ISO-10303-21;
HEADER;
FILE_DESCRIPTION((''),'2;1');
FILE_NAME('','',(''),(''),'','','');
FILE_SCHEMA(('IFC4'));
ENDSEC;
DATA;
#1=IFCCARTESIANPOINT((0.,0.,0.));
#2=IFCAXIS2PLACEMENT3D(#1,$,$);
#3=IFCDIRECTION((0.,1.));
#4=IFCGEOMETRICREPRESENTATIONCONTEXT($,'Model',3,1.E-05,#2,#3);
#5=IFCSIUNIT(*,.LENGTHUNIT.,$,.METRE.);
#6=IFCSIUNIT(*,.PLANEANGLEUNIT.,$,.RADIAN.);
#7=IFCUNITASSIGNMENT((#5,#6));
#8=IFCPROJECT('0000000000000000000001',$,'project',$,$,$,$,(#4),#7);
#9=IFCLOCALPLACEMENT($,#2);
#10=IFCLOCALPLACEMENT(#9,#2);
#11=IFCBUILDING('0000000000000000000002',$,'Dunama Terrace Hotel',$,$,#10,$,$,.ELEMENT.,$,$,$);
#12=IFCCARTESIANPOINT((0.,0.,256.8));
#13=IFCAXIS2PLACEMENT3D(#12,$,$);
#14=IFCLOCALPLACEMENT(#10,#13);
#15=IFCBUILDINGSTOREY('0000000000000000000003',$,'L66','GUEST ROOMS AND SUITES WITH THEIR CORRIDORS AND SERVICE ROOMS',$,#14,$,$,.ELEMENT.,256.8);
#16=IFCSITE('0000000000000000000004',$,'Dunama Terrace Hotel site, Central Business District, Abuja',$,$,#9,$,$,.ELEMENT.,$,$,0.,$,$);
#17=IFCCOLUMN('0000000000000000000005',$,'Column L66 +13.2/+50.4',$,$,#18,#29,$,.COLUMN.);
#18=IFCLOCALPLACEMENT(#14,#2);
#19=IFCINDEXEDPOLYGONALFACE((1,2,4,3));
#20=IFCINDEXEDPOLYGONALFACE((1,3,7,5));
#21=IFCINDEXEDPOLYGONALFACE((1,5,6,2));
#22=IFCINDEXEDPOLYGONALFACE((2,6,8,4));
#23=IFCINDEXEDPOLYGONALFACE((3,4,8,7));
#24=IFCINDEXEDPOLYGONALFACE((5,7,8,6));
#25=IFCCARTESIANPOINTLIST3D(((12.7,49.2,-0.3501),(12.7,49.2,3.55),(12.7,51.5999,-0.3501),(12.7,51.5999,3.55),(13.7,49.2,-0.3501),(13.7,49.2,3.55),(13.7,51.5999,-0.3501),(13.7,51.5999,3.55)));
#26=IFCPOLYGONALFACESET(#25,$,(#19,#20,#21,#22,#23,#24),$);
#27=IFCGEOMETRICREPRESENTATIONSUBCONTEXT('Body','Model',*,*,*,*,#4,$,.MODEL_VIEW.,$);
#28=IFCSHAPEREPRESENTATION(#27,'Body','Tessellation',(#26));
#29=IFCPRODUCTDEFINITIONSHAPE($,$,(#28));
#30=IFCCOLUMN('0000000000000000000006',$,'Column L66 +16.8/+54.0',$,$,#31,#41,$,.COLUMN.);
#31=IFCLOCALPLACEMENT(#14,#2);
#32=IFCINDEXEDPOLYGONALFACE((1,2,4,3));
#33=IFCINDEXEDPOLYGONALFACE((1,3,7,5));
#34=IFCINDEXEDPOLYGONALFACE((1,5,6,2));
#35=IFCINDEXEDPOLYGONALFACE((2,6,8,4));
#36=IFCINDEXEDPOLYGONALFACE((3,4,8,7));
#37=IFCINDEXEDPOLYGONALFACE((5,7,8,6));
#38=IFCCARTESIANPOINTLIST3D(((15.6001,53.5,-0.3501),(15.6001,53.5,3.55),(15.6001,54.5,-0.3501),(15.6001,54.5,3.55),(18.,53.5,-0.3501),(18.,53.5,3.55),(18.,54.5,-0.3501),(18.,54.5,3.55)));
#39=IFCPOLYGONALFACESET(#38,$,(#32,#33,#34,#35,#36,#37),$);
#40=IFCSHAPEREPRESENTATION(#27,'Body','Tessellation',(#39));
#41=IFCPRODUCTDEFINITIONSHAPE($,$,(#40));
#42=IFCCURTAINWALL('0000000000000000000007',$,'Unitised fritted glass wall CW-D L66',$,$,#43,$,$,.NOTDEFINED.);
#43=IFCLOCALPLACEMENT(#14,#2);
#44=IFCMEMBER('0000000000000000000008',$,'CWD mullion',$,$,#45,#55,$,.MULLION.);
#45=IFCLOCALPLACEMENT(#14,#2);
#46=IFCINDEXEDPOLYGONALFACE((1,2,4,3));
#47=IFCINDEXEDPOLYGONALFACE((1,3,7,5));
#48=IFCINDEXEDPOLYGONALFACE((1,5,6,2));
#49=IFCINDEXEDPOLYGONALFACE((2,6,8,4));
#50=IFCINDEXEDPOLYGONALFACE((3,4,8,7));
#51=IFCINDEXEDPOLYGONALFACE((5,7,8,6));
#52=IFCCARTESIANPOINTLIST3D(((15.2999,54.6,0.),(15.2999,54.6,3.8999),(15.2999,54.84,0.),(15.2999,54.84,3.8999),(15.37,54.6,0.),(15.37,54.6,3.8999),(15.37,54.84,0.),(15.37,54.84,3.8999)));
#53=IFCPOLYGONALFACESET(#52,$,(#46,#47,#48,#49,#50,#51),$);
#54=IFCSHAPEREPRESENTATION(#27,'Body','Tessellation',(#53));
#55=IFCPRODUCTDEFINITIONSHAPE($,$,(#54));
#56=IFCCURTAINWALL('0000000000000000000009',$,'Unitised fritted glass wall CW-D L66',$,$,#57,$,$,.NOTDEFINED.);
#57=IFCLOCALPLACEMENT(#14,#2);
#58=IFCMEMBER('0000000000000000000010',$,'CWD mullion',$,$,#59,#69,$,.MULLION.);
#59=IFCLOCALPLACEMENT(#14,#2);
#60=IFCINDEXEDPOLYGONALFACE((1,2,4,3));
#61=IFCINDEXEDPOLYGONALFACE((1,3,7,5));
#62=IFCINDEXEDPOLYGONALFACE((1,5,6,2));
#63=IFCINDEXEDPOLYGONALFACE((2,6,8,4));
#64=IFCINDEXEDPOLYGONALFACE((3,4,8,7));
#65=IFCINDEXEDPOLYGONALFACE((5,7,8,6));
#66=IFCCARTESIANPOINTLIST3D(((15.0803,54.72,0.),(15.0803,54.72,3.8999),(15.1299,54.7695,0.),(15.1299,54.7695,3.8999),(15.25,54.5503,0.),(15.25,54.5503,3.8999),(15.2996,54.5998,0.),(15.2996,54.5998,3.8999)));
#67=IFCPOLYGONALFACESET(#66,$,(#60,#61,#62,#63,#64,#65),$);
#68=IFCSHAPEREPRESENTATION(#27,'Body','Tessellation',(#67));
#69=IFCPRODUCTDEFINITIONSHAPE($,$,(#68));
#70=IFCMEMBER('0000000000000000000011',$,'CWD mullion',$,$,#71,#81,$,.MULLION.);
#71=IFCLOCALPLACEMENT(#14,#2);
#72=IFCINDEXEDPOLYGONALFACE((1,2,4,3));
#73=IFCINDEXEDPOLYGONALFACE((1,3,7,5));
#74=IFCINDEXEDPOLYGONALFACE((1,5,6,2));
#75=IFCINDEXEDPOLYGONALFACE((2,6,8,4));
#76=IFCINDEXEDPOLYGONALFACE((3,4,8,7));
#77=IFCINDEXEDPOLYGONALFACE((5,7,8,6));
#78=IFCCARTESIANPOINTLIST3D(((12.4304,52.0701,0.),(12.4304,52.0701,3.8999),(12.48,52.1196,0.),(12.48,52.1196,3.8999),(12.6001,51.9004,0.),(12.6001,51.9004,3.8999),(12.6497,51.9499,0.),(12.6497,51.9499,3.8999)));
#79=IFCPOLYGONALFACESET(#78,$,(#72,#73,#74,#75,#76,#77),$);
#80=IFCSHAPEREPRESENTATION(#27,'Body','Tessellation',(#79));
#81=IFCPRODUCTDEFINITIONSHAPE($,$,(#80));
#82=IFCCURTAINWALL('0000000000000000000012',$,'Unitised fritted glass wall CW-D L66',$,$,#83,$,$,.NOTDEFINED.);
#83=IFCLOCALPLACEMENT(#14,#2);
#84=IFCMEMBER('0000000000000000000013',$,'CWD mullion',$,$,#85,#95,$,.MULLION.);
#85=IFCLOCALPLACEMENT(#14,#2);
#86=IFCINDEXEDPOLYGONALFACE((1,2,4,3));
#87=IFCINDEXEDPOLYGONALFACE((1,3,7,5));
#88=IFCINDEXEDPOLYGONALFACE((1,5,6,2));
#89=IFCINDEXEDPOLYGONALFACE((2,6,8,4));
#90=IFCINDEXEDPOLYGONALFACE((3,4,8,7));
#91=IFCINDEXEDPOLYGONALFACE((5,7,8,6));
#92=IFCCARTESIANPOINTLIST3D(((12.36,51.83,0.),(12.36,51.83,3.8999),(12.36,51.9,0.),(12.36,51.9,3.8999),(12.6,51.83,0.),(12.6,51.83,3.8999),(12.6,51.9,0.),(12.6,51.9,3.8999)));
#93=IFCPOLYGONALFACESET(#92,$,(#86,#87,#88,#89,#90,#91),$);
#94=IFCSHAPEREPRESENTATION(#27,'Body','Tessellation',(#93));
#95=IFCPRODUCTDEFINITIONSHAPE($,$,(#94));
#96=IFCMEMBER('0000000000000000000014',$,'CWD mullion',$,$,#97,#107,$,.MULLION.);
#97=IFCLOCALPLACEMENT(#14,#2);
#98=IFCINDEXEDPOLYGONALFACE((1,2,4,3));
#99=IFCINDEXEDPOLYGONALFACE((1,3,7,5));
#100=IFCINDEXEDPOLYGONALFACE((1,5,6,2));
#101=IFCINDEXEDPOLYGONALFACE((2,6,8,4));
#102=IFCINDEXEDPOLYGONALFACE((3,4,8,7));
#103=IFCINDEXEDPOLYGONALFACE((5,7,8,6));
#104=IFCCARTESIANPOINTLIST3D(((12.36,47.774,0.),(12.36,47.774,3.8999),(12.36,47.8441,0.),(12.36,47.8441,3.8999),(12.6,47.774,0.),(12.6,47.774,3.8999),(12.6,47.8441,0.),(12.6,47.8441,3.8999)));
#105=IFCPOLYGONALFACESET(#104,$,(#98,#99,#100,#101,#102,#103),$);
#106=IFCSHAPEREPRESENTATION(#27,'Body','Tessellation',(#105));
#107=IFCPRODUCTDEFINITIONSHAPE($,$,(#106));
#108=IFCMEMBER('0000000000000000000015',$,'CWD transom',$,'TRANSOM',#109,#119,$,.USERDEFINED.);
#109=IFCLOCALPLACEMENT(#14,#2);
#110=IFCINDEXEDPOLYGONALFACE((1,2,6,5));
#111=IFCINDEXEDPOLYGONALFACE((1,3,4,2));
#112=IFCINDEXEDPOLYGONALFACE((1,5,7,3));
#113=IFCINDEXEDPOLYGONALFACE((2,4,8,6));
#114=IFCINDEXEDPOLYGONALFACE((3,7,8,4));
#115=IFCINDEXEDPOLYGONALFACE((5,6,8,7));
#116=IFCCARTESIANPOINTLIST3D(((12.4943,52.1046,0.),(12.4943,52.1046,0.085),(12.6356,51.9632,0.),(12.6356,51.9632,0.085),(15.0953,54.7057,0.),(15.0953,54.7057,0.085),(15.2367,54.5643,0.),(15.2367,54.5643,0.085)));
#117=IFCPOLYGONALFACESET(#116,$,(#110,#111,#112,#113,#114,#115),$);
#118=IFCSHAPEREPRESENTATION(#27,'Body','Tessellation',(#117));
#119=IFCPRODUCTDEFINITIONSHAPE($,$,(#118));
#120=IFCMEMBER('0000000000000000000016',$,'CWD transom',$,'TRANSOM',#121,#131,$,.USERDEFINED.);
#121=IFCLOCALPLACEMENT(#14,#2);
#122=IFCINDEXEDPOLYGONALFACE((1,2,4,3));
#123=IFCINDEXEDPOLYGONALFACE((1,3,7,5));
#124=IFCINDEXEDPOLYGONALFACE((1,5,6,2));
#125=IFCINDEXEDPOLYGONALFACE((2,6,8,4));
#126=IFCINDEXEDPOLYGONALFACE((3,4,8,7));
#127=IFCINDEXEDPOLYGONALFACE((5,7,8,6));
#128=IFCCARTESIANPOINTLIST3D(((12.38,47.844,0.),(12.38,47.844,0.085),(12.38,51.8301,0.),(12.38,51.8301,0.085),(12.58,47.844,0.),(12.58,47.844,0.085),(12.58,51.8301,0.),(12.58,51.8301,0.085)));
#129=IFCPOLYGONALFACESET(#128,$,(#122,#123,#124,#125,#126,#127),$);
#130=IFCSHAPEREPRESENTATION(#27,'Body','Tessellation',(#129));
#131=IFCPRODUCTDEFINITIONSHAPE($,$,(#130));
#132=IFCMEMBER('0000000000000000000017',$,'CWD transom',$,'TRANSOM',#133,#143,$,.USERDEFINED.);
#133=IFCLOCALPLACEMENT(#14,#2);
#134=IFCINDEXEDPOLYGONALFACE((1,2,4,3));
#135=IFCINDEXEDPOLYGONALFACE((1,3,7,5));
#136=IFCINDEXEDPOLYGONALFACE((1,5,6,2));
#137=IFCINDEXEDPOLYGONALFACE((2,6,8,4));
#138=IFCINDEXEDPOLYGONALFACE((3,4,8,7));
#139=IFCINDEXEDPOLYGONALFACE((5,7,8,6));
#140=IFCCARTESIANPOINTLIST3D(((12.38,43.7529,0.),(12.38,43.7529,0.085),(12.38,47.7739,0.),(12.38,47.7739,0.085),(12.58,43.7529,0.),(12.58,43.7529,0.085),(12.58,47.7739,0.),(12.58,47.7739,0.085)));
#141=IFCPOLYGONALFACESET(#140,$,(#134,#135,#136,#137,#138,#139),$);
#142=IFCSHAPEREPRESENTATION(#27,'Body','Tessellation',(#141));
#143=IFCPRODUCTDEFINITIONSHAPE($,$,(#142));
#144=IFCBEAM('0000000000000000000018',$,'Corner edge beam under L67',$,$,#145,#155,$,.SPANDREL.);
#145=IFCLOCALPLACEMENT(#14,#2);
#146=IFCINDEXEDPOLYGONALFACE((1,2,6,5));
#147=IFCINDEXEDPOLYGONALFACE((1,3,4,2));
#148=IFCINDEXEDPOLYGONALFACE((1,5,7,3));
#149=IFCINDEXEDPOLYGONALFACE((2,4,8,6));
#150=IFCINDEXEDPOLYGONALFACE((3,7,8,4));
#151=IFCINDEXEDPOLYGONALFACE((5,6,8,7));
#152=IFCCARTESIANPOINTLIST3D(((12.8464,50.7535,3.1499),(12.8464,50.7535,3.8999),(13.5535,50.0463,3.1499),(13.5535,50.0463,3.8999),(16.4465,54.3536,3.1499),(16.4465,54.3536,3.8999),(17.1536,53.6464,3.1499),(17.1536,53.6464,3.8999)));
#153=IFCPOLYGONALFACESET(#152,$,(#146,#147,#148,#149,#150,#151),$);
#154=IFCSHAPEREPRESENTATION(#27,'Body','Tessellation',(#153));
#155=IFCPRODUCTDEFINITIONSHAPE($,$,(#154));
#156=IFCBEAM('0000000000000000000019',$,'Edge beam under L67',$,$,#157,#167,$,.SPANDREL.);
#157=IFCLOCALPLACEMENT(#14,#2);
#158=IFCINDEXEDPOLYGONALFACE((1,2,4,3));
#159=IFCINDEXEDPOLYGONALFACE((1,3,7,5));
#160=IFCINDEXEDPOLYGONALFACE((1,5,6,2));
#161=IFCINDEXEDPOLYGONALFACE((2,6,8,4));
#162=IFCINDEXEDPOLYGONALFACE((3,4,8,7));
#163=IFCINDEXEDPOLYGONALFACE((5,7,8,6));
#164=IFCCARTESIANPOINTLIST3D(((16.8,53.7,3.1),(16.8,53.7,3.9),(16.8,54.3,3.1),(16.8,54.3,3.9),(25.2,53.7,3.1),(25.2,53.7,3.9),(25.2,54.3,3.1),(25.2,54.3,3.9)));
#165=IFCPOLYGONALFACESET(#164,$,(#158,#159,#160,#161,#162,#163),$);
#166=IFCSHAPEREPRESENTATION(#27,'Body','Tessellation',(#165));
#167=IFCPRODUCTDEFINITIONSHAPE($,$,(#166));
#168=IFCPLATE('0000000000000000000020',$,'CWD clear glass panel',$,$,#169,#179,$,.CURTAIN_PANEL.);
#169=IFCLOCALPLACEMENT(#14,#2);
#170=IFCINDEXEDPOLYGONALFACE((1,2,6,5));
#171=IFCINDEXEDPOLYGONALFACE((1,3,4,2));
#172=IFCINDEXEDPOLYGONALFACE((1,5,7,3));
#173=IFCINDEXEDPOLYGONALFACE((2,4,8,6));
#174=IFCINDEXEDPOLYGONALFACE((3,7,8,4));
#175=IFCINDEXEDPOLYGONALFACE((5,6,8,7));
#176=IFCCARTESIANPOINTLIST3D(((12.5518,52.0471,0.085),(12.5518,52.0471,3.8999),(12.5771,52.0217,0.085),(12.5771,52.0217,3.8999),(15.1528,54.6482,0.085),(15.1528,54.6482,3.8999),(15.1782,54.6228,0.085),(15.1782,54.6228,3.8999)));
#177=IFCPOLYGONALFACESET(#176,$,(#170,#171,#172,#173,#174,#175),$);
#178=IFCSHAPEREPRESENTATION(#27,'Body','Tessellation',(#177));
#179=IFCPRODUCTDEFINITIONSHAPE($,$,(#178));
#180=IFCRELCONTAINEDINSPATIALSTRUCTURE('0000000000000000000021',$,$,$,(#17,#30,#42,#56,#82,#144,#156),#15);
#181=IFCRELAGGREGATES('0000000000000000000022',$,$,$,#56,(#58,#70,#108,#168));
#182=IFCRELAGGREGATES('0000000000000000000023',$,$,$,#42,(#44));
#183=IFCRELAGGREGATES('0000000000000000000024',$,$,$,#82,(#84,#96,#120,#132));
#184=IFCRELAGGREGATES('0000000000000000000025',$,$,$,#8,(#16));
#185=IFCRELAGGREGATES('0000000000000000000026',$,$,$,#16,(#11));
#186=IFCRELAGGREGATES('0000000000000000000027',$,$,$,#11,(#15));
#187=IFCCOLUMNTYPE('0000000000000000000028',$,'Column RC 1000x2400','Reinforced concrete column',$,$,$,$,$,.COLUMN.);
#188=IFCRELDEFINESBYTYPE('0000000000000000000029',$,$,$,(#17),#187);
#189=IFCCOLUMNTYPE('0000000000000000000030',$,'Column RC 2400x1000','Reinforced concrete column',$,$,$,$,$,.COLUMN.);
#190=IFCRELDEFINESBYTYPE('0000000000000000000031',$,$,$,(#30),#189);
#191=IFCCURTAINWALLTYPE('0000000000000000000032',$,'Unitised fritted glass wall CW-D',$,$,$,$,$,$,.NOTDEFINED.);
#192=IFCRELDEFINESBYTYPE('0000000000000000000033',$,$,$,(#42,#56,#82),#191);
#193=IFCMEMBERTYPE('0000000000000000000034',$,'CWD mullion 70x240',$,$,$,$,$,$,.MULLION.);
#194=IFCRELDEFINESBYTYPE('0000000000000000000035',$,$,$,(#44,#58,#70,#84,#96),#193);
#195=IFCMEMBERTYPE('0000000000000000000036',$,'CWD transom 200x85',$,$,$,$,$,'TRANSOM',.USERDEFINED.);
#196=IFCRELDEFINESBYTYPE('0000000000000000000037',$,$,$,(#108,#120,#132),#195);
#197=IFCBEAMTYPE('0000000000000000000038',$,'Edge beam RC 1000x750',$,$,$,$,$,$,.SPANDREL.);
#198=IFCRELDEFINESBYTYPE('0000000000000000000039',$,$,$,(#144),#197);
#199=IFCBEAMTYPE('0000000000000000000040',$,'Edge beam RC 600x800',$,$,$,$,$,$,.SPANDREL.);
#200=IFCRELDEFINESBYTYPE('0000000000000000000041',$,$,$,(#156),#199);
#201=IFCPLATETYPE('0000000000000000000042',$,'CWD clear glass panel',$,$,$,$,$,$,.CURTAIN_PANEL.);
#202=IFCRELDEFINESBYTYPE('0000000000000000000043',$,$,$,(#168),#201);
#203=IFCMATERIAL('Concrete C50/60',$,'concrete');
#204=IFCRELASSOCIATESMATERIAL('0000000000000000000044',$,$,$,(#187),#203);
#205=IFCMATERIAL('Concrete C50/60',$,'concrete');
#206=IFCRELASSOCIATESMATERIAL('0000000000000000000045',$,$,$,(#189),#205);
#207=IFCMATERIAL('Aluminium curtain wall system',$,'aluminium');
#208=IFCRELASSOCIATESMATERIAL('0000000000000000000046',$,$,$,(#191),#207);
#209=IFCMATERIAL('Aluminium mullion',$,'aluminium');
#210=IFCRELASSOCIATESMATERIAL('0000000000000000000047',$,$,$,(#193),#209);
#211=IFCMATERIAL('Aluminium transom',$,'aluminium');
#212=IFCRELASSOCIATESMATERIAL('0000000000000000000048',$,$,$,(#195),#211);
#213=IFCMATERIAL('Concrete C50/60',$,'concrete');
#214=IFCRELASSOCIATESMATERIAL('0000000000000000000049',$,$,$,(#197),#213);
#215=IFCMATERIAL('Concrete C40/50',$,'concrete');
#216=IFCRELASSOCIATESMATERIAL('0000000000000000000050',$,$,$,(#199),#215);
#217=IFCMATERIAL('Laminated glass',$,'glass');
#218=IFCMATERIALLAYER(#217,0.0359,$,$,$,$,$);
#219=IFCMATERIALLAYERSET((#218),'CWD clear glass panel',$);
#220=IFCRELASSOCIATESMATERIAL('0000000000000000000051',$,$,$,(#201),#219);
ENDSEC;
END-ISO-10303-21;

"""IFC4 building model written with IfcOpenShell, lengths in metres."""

from ifc_helpers import new_model, si_unit, direction, frame, origin, origin_2d, place, context, subcontext, project, spatial, rectangle, extrude, material, layer, layer_set, material_profile, profile_set, type_object, element, aggregate, save


model = new_model("IFC4")

# Units and contexts
model_context = context("Model", 3, precision=1e-05, world=origin(), true_north=direction((0.0, 1.0)))
body_context = subcontext(model_context, "Body", "Model", "MODEL_VIEW")
ifc_project = project(units=[si_unit("LENGTHUNIT", "METRE"), si_unit("PLANEANGLEUNIT", "RADIAN")], contexts=[model_context])

# Site, building, storey
site_placement = place(None, origin())
site = spatial("IfcSite", under=ifc_project, at=site_placement, Name="Dunama Terrace Hotel site, Central Business District, Abuja", CompositionType="ELEMENT", RefElevation=0.0)
building_placement = place(site_placement, origin())
building = spatial("IfcBuilding", under=site, at=building_placement, Name="Dunama Terrace Hotel", CompositionType="ELEMENT")
storey_placement = place(building_placement, frame((0.0, 0.0, 256.8)))
storey = spatial("IfcBuildingStorey", under=building, at=storey_placement, Name="L66", Description="GUEST ROOMS AND SUITES WITH THEIR CORRIDORS AND SERVICE ROOMS", CompositionType="ELEMENT", Elevation=256.8)

# Columns
ifc_material_1 = material(Name="Concrete C50/60", Category="concrete")
ifc_material_profile_1 = material_profile(ifc_material_1, rectangle(XDim=1.0, YDim=2.3999, at=origin_2d()), Name="RC 1000x2400")
ifc_profile_set_1 = profile_set([ifc_material_profile_1], Name="Concrete C50/60")
column_type_1 = type_object("IfcColumnType", Name="Column RC 1000x2400", Description="Reinforced concrete column", PredefinedType="COLUMN", material=ifc_profile_set_1)
column_1_placement = place(storey_placement, frame((13.2, 50.3999, -0.3501), z_axis=(0.0, 0.0, 1.0), x_axis=(1.0, 0.0, 0.0)))
element("IfcColumn", 1, at=column_1_placement, inside=storey, type_object=column_type_1, Name="Column L66 +13.2/+50.4", PredefinedType="COLUMN", context=body_context, shape_type="SweptSolid", body=[
    extrude(rectangle(XDim=1.0, YDim=2.3999, at=origin_2d()), origin(), (0.0, 0.0, 1.0), 3.9001),
])
ifc_material_2 = material(Name="Concrete C50/60", Category="concrete")
ifc_material_profile_2 = material_profile(ifc_material_2, rectangle(XDim=2.3999, YDim=1.0, at=origin_2d()), Name="RC 2400x1000")
ifc_profile_set_2 = profile_set([ifc_material_profile_2], Name="Concrete C50/60")
column_type_2 = type_object("IfcColumnType", Name="Column RC 2400x1000", Description="Reinforced concrete column", PredefinedType="COLUMN", material=ifc_profile_set_2)
column_2_placement = place(storey_placement, frame((16.8, 54.0, -0.3501), z_axis=(0.0, 0.0, 1.0), x_axis=(1.0, 0.0, 0.0)))
element("IfcColumn", 2, at=column_2_placement, inside=storey, type_object=column_type_2, Name="Column L66 +16.8/+54.0", PredefinedType="COLUMN", context=body_context, shape_type="SweptSolid", body=[
    extrude(rectangle(XDim=2.3999, YDim=1.0, at=origin_2d()), origin(), (0.0, 0.0, 1.0), 3.9001),
])

# Curtain wall, member
ifc_material_3 = material(Name="Aluminium curtain wall system", Category="aluminium")
curtain_wall_type = type_object("IfcCurtainWallType", Name="Unitised fritted glass wall CW-D", PredefinedType="NOTDEFINED", material=ifc_material_3)
curtain_wall_1_placement = place(storey_placement, origin())
curtain_wall_1 = element("IfcCurtainWall", 3, at=curtain_wall_1_placement, inside=storey, type_object=curtain_wall_type, Name="Unitised fritted glass wall CW-D L66", PredefinedType="NOTDEFINED")
ifc_material_4 = material(Name="Aluminium mullion", Category="aluminium")
ifc_material_profile_3 = material_profile(ifc_material_4, rectangle(XDim=0.0701, YDim=0.24, at=origin_2d()), Name="CWD MULLION 70X240")
ifc_profile_set_3 = profile_set([ifc_material_profile_3], Name="Aluminium mullion")
member_type_1 = type_object("IfcMemberType", Name="CWD mullion 70x240", PredefinedType="MULLION", material=ifc_profile_set_3)
member_1_placement = place(storey_placement, frame((15.335, 54.72, 0.0), z_axis=(0.0, 0.0, 1.0), x_axis=(-1.0, 0.0, 0.0)))
member_1 = element("IfcMember", 4, at=member_1_placement, type_object=member_type_1, Name="CWD mullion", PredefinedType="MULLION", context=body_context, shape_type="SweptSolid", body=[
    extrude(rectangle(XDim=0.0701, YDim=0.24, at=origin_2d()), origin(), (0.0, 0.0, 1.0), 3.8999),
])

# Curtain walls, members
curtain_wall_2_placement = place(storey_placement, origin())
curtain_wall_2 = element("IfcCurtainWall", 5, at=curtain_wall_2_placement, inside=storey, type_object=curtain_wall_type, Name="Unitised fritted glass wall CW-D L66", PredefinedType="NOTDEFINED")
member_2_placement = place(storey_placement, frame((15.1899, 54.6599, 0.0), z_axis=(0.0, 0.0, 1.0), x_axis=(-0.707107, -0.707107, 0.0)))
member_2 = element("IfcMember", 6, at=member_2_placement, type_object=member_type_1, Name="CWD mullion", PredefinedType="MULLION", context=body_context, shape_type="SweptSolid", body=[
    extrude(rectangle(XDim=0.0701, YDim=0.24, at=origin_2d()), origin(), (0.0, 0.0, 1.0), 3.8999),
])
member_3_placement = place(storey_placement, frame((12.54, 52.01, 0.0), z_axis=(0.0, 0.0, 1.0), x_axis=(-0.707107, -0.707107, 0.0)))
member_3 = element("IfcMember", 7, at=member_3_placement, type_object=member_type_1, Name="CWD mullion", PredefinedType="MULLION", context=body_context, shape_type="SweptSolid", body=[
    extrude(rectangle(XDim=0.0701, YDim=0.24, at=origin_2d()), origin(), (0.0, 0.0, 1.0), 3.8999),
])
curtain_wall_3_placement = place(storey_placement, origin())
curtain_wall_3 = element("IfcCurtainWall", 8, at=curtain_wall_3_placement, inside=storey, type_object=curtain_wall_type, Name="Unitised fritted glass wall CW-D L66", PredefinedType="NOTDEFINED")
member_4_placement = place(storey_placement, frame((12.48, 51.865, 0.0), z_axis=(0.0, 0.0, 1.0), x_axis=(0.0, -1.0, 0.0)))
member_4 = element("IfcMember", 9, at=member_4_placement, type_object=member_type_1, Name="CWD mullion", PredefinedType="MULLION", context=body_context, shape_type="SweptSolid", body=[
    extrude(rectangle(XDim=0.0701, YDim=0.24, at=origin_2d()), origin(), (0.0, 0.0, 1.0), 3.8999),
])
member_5_placement = place(storey_placement, frame((12.48, 47.8091, 0.0), z_axis=(0.0, 0.0, 1.0), x_axis=(0.0, -1.0, 0.0)))
member_5 = element("IfcMember", 10, at=member_5_placement, type_object=member_type_1, Name="CWD mullion", PredefinedType="MULLION", context=body_context, shape_type="SweptSolid", body=[
    extrude(rectangle(XDim=0.0701, YDim=0.24, at=origin_2d()), origin(), (0.0, 0.0, 1.0), 3.8999),
])

# Members
ifc_material_5 = material(Name="Aluminium transom", Category="aluminium")
ifc_material_profile_4 = material_profile(ifc_material_5, rectangle(XDim=0.2, YDim=0.085, at=origin_2d()), Name="CWD TRANSOM 200X85")
ifc_profile_set_4 = profile_set([ifc_material_profile_4], Name="Aluminium transom")
member_type_2 = type_object("IfcMemberType", Name="CWD transom 200x85", ElementType="TRANSOM", PredefinedType="USERDEFINED", material=ifc_profile_set_4)
member_6_placement = place(storey_placement, frame((15.166, 54.635, 0.0425), z_axis=(-0.707107, -0.707107, 0.0), x_axis=(0.707107, -0.707107, 0.0)))
member_6 = element("IfcMember", 11, at=member_6_placement, type_object=member_type_2, Name="CWD transom", ObjectType="TRANSOM", PredefinedType="USERDEFINED", context=body_context, shape_type="SweptSolid", body=[
    extrude(rectangle(XDim=0.2, YDim=0.085, at=origin_2d()), origin(), (0.0, 0.0, 1.0), 3.6785),
])
member_7_placement = place(storey_placement, frame((12.48, 51.8301, 0.0425), z_axis=(0.0, -1.0, 0.0), x_axis=(1.0, 0.0, 0.0)))
member_7 = element("IfcMember", 12, at=member_7_placement, type_object=member_type_2, Name="CWD transom", ObjectType="TRANSOM", PredefinedType="USERDEFINED", context=body_context, shape_type="SweptSolid", body=[
    extrude(rectangle(XDim=0.2, YDim=0.085, at=origin_2d()), origin(), (0.0, 0.0, 1.0), 3.9861),
])
member_8_placement = place(storey_placement, frame((12.48, 47.7739, 0.0425), z_axis=(0.0, -1.0, 0.0), x_axis=(1.0, 0.0, 0.0)))
member_8 = element("IfcMember", 13, at=member_8_placement, type_object=member_type_2, Name="CWD transom", ObjectType="TRANSOM", PredefinedType="USERDEFINED", context=body_context, shape_type="SweptSolid", body=[
    extrude(rectangle(XDim=0.2, YDim=0.085, at=origin_2d()), origin(), (0.0, 0.0, 1.0), 4.021),
])

# Beams
ifc_material_6 = material(Name="Concrete C50/60", Category="concrete")
ifc_material_profile_5 = material_profile(ifc_material_6, rectangle(XDim=1.0, YDim=0.75, at=origin_2d()), Name="RC 1000x750")
ifc_profile_set_5 = profile_set([ifc_material_profile_5], Name="Concrete C50/60")
beam_type_1 = type_object("IfcBeamType", Name="Edge beam RC 1000x750", PredefinedType="SPANDREL", material=ifc_profile_set_5)
beam_1_placement = place(storey_placement, frame((16.8, 54.0, 3.5249), z_axis=(-0.707107, -0.707107, 0.0), x_axis=(0.707107, -0.707107, 0.0)))
element("IfcBeam", 14, at=beam_1_placement, inside=storey, type_object=beam_type_1, Name="Corner edge beam under L67", PredefinedType="SPANDREL", context=body_context, shape_type="SweptSolid", body=[
    extrude(rectangle(XDim=1.0, YDim=0.75, at=origin_2d()), origin(), (0.0, 0.0, 1.0), 5.0913),
])
ifc_material_7 = material(Name="Concrete C40/50", Category="concrete")
ifc_material_profile_6 = material_profile(ifc_material_7, rectangle(XDim=0.6001, YDim=0.8, at=origin_2d()), Name="RC 600x800")
ifc_profile_set_6 = profile_set([ifc_material_profile_6], Name="Concrete C40/50")
beam_type_2 = type_object("IfcBeamType", Name="Edge beam RC 600x800", PredefinedType="SPANDREL", material=ifc_profile_set_6)
beam_2_placement = place(storey_placement, frame((16.8, 54.0, 3.5), z_axis=(1.0, 0.0, 0.0), x_axis=(0.0, 1.0, 0.0)))
element("IfcBeam", 15, at=beam_2_placement, inside=storey, type_object=beam_type_2, Name="Edge beam under L67", PredefinedType="SPANDREL", context=body_context, shape_type="SweptSolid", body=[
    extrude(rectangle(XDim=0.6001, YDim=0.8, at=origin_2d()), origin(), (0.0, 0.0, 1.0), 8.3999),
])

# Plate
ifc_material_8 = material(Name="Laminated glass", Category="glass")
ifc_layer_1 = layer(ifc_material_8, 0.0359)
ifc_layer_set_1 = layer_set([ifc_layer_1], Name="CWD clear glass panel")
plate_type_1 = type_object("IfcPlateType", Name="CWD clear glass panel", PredefinedType="CURTAIN_PANEL", material=ifc_layer_set_1)
plate_1_placement = place(storey_placement, frame((13.865, 53.335, 0.085), z_axis=(0.0, 0.0, 1.0), x_axis=(-0.707107, -0.707107, 0.0)))
plate_1 = element("IfcPlate", 16, at=plate_1_placement, type_object=plate_type_1, Name="CWD clear glass panel", PredefinedType="CURTAIN_PANEL", context=body_context, shape_type="SweptSolid", body=[
    extrude(rectangle(XDim=3.6785, YDim=0.0359, at=origin_2d()), origin(), (0.0, 0.0, 1.0), 3.8149),
])
aggregate(curtain_wall_2, [member_2, member_3, member_6, plate_1])
aggregate(curtain_wall_1, [member_1])
aggregate(curtain_wall_3, [member_4, member_5, member_7, member_8])

save(model, "model.ifc")
